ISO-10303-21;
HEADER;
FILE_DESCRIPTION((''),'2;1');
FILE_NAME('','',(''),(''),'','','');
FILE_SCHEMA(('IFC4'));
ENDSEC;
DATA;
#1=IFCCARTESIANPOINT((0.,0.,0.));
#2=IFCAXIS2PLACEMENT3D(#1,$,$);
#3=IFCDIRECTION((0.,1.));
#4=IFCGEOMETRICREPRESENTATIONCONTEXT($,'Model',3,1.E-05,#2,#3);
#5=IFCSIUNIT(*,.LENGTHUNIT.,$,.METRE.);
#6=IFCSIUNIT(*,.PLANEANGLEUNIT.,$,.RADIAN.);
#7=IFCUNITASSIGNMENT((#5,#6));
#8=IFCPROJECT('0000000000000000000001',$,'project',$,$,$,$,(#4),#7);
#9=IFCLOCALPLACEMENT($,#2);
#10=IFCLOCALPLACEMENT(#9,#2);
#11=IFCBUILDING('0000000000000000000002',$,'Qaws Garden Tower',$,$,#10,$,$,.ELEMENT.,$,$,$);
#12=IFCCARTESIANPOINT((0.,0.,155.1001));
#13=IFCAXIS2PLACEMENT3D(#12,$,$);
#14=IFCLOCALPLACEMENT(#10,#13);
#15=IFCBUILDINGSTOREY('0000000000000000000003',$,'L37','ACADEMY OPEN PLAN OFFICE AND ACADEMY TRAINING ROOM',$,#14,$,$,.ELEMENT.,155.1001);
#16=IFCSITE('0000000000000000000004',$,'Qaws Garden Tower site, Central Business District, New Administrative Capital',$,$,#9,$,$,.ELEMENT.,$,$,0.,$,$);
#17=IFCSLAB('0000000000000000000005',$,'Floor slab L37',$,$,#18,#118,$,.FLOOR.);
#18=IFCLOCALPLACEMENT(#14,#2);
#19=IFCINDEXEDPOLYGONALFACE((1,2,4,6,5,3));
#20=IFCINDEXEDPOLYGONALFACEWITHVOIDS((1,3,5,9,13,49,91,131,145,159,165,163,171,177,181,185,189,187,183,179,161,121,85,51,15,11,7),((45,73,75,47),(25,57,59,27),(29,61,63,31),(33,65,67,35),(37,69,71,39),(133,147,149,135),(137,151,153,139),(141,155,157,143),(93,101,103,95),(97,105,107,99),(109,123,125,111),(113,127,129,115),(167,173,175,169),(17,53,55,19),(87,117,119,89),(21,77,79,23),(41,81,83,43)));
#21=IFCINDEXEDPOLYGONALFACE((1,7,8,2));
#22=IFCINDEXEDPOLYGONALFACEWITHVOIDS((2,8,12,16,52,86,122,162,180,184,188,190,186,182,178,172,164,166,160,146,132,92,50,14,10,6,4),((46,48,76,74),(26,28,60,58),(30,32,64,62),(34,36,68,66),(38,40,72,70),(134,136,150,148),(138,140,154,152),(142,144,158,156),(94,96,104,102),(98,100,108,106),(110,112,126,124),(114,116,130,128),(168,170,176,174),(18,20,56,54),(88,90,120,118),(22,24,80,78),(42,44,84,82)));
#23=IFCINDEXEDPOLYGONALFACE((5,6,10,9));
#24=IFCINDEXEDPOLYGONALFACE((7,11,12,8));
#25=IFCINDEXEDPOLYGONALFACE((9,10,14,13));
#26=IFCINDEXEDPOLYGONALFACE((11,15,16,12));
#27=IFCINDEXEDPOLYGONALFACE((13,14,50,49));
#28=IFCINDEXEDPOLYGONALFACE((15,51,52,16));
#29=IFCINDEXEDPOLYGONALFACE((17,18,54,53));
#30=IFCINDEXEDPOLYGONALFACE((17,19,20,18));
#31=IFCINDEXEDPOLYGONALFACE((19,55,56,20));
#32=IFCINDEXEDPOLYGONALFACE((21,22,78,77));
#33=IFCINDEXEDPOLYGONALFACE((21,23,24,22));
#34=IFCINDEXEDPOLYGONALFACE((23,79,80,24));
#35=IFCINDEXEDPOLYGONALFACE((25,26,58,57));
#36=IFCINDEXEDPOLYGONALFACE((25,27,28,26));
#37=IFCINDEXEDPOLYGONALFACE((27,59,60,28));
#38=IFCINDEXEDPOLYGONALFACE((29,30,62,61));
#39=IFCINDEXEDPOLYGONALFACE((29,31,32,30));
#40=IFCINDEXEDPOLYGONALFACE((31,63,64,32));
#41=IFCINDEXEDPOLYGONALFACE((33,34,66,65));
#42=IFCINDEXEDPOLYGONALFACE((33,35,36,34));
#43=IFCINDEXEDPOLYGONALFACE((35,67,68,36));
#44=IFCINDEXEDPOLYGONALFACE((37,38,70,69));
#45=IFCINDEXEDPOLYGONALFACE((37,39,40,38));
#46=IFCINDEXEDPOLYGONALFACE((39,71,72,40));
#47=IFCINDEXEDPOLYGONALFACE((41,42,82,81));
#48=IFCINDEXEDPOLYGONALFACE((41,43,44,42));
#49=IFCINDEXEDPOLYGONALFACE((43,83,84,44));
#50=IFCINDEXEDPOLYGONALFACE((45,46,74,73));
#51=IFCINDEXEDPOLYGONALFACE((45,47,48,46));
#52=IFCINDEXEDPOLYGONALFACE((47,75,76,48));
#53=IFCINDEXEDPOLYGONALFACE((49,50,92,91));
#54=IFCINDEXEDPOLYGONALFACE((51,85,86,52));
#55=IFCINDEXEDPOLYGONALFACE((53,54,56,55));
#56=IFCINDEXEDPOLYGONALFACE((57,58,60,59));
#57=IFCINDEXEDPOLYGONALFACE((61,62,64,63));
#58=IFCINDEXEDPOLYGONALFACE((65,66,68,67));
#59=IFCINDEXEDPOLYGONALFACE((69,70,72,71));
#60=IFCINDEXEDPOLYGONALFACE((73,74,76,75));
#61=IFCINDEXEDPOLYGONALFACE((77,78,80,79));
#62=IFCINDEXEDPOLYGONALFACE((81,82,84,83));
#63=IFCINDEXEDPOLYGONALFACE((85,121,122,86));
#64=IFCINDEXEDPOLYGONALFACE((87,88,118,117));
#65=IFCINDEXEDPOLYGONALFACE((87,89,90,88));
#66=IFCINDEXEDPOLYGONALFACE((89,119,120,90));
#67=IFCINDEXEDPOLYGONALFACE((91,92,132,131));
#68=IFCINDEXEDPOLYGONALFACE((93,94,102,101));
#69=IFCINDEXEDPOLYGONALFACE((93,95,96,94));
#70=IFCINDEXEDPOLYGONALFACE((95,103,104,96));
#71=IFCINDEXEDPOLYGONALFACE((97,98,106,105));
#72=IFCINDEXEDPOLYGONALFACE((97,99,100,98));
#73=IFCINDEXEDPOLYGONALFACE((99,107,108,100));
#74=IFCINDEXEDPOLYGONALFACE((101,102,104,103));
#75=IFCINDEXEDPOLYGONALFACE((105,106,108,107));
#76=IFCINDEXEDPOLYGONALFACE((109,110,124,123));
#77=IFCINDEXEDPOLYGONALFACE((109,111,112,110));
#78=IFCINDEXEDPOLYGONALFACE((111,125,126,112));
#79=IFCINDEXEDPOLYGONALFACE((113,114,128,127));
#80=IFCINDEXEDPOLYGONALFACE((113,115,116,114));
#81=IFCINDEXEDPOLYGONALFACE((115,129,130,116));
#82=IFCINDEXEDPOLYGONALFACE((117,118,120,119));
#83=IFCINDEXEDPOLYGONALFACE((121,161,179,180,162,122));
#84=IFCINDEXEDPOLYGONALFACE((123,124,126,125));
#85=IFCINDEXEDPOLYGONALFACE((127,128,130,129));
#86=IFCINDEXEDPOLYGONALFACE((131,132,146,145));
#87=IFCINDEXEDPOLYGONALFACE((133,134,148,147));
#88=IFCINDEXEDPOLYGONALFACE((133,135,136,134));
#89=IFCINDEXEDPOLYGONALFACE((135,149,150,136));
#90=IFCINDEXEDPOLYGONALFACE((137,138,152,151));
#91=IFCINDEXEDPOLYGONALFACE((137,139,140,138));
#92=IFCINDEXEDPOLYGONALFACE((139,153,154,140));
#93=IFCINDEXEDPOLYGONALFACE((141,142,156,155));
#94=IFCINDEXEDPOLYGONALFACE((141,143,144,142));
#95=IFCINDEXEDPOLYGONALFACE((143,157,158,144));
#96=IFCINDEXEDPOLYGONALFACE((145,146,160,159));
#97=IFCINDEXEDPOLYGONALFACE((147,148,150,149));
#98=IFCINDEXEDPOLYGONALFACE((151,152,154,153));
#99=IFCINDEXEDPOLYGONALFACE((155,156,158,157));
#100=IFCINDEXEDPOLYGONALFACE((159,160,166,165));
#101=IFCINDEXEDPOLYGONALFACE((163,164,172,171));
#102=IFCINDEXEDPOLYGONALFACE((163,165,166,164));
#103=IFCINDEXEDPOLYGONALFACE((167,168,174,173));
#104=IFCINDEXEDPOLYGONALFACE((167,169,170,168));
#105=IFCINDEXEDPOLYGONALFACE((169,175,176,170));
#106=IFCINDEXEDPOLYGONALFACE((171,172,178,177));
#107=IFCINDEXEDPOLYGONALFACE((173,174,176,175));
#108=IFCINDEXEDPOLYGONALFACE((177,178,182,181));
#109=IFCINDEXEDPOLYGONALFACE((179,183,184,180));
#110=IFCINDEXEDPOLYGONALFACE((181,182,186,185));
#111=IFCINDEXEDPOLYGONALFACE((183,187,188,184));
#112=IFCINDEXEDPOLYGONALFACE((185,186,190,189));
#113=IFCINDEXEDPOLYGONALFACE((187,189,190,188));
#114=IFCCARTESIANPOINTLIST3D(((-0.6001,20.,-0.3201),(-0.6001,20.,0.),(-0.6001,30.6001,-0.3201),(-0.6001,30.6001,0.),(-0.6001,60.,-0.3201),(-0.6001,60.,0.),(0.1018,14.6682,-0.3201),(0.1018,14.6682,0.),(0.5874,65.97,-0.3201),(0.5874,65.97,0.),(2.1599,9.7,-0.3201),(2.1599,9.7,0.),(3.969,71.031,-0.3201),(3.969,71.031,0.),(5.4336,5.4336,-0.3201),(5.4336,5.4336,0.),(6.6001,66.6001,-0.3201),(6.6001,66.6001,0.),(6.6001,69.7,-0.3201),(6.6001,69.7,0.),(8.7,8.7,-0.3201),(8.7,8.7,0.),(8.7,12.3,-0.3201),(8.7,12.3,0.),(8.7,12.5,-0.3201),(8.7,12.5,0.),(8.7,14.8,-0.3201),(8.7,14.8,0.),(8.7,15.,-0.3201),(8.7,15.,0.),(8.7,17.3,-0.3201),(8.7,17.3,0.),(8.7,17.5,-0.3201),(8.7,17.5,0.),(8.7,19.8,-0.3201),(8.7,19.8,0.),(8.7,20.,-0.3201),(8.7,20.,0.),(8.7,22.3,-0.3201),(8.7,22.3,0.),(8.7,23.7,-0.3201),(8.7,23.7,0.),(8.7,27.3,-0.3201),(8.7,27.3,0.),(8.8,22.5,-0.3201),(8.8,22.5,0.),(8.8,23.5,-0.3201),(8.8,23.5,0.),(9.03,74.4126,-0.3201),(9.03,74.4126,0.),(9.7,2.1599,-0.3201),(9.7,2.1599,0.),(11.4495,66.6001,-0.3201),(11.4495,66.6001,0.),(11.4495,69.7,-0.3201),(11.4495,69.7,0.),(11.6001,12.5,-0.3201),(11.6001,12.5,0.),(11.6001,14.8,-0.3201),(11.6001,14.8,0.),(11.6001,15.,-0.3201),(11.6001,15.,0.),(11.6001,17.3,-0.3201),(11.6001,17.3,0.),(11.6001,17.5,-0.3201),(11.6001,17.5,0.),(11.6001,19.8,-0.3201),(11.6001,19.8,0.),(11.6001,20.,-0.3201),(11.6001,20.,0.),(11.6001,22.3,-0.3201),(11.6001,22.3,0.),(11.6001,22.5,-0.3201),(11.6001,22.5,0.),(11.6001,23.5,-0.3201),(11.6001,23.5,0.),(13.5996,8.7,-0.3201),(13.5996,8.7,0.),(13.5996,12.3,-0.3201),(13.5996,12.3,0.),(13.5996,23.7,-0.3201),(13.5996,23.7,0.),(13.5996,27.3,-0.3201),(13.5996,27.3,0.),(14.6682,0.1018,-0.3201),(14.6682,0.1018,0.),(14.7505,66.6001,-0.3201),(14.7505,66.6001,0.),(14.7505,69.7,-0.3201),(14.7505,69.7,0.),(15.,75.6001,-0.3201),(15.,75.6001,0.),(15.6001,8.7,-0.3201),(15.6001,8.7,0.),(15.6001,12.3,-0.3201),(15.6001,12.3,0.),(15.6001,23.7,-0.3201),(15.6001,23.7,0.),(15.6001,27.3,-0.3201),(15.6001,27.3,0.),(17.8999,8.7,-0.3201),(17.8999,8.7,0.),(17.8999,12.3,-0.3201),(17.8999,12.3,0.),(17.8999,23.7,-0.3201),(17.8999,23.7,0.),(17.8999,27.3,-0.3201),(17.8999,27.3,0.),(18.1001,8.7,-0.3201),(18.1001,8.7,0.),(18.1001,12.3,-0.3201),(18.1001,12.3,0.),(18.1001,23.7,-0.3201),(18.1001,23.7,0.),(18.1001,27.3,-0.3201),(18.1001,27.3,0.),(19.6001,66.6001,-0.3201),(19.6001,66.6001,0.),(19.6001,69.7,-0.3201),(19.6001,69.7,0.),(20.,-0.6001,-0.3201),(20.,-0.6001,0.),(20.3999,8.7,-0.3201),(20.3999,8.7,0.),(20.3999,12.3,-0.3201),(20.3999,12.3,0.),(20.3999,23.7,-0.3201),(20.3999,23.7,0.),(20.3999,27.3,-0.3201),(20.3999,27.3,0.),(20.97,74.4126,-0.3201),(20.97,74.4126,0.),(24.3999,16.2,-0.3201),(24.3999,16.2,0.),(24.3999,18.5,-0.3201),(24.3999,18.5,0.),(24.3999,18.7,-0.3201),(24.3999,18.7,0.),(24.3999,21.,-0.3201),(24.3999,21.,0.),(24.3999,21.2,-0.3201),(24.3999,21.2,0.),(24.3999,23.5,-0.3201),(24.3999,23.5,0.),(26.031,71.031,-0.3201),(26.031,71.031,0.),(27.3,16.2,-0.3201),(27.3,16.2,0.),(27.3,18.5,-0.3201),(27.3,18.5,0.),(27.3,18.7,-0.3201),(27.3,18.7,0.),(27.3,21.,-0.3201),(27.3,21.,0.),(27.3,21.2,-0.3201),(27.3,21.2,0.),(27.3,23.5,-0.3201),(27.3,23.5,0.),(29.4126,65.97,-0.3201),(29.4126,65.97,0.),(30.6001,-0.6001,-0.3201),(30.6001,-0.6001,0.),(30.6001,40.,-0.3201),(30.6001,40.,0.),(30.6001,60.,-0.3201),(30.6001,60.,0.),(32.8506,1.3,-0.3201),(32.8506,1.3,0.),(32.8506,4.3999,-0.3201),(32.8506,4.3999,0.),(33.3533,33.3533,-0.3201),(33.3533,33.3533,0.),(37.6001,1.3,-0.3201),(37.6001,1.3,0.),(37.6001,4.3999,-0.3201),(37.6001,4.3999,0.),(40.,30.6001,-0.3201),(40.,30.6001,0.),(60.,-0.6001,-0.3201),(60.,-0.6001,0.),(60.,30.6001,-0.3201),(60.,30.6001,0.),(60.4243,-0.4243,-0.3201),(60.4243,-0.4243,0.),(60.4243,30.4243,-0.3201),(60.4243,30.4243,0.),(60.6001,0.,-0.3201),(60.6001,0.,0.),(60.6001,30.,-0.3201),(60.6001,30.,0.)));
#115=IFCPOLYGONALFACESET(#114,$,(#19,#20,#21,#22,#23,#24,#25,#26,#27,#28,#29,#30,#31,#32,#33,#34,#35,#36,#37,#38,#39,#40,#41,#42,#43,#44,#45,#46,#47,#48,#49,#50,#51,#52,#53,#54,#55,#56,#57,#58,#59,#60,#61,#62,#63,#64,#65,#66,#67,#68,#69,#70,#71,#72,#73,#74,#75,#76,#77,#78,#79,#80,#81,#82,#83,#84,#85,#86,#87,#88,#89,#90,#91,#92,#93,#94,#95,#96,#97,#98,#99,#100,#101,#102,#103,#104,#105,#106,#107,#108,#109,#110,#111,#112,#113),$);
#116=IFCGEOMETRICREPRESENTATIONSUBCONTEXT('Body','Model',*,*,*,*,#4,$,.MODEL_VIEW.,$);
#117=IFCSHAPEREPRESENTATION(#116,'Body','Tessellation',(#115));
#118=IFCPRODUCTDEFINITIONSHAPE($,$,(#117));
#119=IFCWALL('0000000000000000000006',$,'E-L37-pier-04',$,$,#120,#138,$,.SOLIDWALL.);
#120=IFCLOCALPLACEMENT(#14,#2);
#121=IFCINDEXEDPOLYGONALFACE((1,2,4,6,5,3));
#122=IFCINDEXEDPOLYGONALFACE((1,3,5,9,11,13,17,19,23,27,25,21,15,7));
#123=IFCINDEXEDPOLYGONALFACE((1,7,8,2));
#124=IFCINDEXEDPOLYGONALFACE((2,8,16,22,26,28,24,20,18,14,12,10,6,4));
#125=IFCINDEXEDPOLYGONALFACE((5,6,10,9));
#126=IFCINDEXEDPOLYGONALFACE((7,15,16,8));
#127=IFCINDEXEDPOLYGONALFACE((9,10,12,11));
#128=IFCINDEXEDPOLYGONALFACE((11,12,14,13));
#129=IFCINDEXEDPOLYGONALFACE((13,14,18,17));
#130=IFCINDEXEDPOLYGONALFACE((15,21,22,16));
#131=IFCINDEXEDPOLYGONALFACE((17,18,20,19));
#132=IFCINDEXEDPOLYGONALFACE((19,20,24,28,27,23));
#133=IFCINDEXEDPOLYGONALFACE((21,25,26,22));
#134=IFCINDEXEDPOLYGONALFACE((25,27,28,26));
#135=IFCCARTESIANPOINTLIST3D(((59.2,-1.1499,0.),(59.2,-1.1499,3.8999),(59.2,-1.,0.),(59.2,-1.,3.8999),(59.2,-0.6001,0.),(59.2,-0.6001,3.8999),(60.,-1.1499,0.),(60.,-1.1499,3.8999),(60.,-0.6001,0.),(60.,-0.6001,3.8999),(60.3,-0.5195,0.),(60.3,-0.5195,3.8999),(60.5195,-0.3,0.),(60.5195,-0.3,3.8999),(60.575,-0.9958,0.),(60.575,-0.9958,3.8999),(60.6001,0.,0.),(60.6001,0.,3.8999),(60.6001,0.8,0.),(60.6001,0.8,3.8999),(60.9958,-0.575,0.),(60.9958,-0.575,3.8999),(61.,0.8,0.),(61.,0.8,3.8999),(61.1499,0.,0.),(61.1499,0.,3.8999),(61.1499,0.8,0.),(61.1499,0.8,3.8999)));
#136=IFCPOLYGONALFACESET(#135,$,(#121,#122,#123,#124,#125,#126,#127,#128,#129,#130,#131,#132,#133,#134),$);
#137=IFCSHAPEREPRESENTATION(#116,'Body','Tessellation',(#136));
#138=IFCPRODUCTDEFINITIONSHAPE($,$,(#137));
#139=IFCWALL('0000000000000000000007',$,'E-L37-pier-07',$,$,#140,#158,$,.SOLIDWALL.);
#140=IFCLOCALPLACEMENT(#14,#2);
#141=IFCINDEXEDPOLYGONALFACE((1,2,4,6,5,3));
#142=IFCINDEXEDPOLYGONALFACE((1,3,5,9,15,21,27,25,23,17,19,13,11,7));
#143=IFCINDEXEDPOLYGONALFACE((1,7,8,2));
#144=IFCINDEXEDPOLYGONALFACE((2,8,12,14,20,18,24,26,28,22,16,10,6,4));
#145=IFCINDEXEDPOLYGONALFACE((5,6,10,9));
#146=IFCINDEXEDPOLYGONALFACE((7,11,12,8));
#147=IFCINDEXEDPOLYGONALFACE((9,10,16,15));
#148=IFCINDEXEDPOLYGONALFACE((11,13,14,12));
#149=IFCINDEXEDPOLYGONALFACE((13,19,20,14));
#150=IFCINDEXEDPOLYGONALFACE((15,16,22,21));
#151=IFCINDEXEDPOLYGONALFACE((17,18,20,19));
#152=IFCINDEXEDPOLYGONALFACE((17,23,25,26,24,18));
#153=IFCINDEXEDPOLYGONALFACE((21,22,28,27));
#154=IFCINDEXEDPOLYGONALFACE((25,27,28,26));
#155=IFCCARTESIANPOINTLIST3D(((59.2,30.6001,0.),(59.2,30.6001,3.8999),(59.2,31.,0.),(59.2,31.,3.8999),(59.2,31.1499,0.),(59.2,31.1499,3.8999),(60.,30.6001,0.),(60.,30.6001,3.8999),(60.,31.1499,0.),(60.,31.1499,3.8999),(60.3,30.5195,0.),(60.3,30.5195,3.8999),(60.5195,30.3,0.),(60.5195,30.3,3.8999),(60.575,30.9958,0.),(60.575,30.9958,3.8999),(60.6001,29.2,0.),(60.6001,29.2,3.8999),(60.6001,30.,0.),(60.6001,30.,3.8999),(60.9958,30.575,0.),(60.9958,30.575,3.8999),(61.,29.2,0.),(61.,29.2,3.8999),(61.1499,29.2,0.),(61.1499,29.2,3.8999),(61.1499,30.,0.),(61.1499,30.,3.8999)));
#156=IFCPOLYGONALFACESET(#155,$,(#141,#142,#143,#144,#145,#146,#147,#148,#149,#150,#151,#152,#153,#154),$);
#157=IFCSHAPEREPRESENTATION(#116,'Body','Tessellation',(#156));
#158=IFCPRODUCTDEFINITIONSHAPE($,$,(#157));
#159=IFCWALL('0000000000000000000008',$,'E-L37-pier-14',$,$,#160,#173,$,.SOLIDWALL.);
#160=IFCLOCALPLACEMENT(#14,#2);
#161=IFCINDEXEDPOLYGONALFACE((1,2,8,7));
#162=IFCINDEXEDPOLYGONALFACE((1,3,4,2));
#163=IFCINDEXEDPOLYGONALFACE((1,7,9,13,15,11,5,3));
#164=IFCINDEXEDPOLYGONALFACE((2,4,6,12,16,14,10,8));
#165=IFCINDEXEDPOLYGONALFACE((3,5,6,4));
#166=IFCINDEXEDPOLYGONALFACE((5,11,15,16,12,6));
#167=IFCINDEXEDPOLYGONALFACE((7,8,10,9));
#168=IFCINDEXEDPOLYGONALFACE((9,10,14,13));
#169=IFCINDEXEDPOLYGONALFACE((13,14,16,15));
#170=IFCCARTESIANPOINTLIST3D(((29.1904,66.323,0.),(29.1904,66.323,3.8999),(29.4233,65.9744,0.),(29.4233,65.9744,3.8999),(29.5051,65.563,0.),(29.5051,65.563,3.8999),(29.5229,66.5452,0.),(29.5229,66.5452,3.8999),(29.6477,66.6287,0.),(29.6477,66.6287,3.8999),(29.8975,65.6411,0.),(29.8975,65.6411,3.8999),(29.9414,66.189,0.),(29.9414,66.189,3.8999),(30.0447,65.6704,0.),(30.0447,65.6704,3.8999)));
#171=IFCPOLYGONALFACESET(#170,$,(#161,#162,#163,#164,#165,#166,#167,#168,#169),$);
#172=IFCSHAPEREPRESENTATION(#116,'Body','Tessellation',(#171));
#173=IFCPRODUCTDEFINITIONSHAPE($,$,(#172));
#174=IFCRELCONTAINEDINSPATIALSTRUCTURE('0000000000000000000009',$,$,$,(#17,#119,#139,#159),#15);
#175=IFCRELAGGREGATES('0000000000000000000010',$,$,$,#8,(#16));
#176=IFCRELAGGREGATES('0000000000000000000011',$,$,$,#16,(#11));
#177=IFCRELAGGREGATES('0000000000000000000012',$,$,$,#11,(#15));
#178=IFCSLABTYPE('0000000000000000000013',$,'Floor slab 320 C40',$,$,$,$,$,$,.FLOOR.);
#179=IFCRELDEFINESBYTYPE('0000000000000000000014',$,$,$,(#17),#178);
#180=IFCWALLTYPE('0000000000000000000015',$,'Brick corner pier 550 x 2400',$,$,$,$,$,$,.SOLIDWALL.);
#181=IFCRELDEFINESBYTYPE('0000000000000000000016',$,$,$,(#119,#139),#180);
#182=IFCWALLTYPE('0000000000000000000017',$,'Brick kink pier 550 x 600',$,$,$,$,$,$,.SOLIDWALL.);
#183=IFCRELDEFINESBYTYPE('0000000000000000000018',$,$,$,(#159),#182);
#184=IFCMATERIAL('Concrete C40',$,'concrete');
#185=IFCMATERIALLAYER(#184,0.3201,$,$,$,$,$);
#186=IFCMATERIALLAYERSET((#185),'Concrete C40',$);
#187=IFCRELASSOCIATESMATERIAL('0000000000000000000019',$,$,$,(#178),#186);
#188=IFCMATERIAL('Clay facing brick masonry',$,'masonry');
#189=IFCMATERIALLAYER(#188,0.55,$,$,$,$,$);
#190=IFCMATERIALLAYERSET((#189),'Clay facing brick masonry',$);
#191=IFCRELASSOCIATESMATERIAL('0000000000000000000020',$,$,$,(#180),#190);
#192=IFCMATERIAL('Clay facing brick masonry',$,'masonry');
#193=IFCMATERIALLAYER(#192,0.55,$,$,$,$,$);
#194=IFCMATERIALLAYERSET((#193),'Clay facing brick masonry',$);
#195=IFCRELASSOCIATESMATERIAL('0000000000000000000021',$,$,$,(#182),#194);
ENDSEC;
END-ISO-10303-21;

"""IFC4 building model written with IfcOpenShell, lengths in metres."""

from ifc_helpers import new_model, si_unit, direction, frame, origin, place, context, subcontext, project, spatial, polyline, outline, extrude, material, layer, layer_set, type_object, element, save


model = new_model("IFC4")

# Units and contexts
model_context = context("Model", 3, precision=1e-05, world=origin(), true_north=direction((0.0, 1.0)))
body_context = subcontext(model_context, "Body", "Model", "MODEL_VIEW")
ifc_project = project(units=[si_unit("LENGTHUNIT", "METRE"), si_unit("PLANEANGLEUNIT", "RADIAN")], contexts=[model_context])

# Site, building, storey
site_placement = place(None, origin())
site = spatial("IfcSite", under=ifc_project, at=site_placement, Name="Qaws Garden Tower site, Central Business District, New Administrative Capital", CompositionType="ELEMENT", RefElevation=0.0)
building_placement = place(site_placement, origin())
building = spatial("IfcBuilding", under=site, at=building_placement, Name="Qaws Garden Tower", CompositionType="ELEMENT")
storey_placement = place(building_placement, frame((0.0, 0.0, 155.1001)))
storey = spatial("IfcBuildingStorey", under=building, at=storey_placement, Name="L37", Description="ACADEMY OPEN PLAN OFFICE AND ACADEMY TRAINING ROOM", CompositionType="ELEMENT", Elevation=155.1001)

# Slab
ifc_material_1 = material(Name="Concrete C40", Category="concrete")
ifc_layer_1 = layer(ifc_material_1, 0.3201)
ifc_layer_set_1 = layer_set([ifc_layer_1], Name="Concrete C40")
slab_type = type_object("IfcSlabType", Name="Floor slab 320 C40", PredefinedType="FLOOR", material=ifc_layer_set_1)
slab_placement = place(storey_placement, frame((0.0, 0.0, -0.3201)))
element("IfcSlab", 1, at=slab_placement, inside=storey, type_object=slab_type, Name="Floor slab L37", PredefinedType="FLOOR", context=body_context, shape_type="SweptSolid", body=[
    extrude(outline(polyline([(0.1018, 14.6682), (-0.6001, 20.0), (-0.6001, 30.6001), (-0.6001, 60.0), (-0.6001, 60.0), (0.5874, 65.97), (3.969, 71.031), (9.03, 74.4126), (15.0, 75.6001), (20.97, 74.4126), (26.031, 71.031), (29.4126, 65.97), (30.6001, 60.0), (30.6001, 40.0), (33.3533, 33.3533), (40.0, 30.6001), (60.0, 30.6001), (60.4243, 30.4243), (60.6001, 30.0), (60.6001, 0.0), (60.4243, -0.4243), (60.0, -0.6001), (30.6001, -0.6001), (20.0, -0.6001), (14.6682, 0.1018), (9.7, 2.1599), (5.4336, 5.4336), (2.1599, 9.7), (0.1018, 14.6682)]), holes=[polyline([(13.5996, 12.3), (8.7, 12.3), (8.7, 8.7), (13.5996, 8.7), (13.5996, 12.3)]), polyline([(17.8999, 12.3), (15.6001, 12.3), (15.6001, 8.7), (17.8999, 8.7), (17.8999, 12.3)]), polyline([(11.6001, 14.8), (8.7, 14.8), (8.7, 12.5), (11.6001, 12.5), (11.6001, 14.8)]), polyline([(11.6001, 17.3), (8.7, 17.3), (8.7, 15.0), (11.6001, 15.0), (11.6001, 17.3)]), polyline([(11.6001, 19.8), (8.7, 19.8), (8.7, 17.5), (11.6001, 17.5), (11.6001, 19.8)]), polyline([(11.6001, 22.3), (8.7, 22.3), (8.7, 20.0), (11.6001, 20.0), (11.6001, 22.3)]), polyline([(11.6001, 23.5), (8.8, 23.5), (8.8, 22.5), (11.6001, 22.5), (11.6001, 23.5)]), polyline([(13.5996, 27.3), (8.7, 27.3), (8.7, 23.7), (13.5996, 23.7), (13.5996, 27.3)]), polyline([(11.4495, 69.7), (6.6001, 69.7), (6.6001, 66.6001), (11.4495, 66.6001), (11.4495, 69.7)]), polyline([(37.6001, 4.3999), (32.8506, 4.3999), (32.8506, 1.3), (37.6001, 1.3), (37.6001, 4.3999)]), polyline([(20.3999, 12.3), (18.1001, 12.3), (18.1001, 8.7), (20.3999, 8.7), (20.3999, 12.3)]), polyline([(27.3, 18.5), (24.3999, 18.5), (24.3999, 16.2), (27.3, 16.2), (27.3, 18.5)]), polyline([(27.3, 21.0), (24.3999, 21.0), (24.3999, 18.7), (27.3, 18.7), (27.3, 21.0)]), polyline([(27.3, 23.5), (24.3999, 23.5), (24.3999, 21.2), (27.3, 21.2), (27.3, 23.5)]), polyline([(17.8999, 27.3), (15.6001, 27.3), (15.6001, 23.7), (17.8999, 23.7), (17.8999, 27.3)]), polyline([(20.3999, 23.7), (20.3999, 27.3), (18.1001, 27.3), (18.1001, 23.7), (20.3999, 23.7)]), polyline([(19.6001, 66.6001), (19.6001, 69.7), (14.7505, 69.7), (14.7505, 66.6001), (19.6001, 66.6001)])]), origin(), (0.0, 0.0, 1.0), 0.3201),
])

# Walls
ifc_material_2 = material(Name="Clay facing brick masonry", Category="masonry")
ifc_layer_2 = layer(ifc_material_2, 0.55)
ifc_layer_set_2 = layer_set([ifc_layer_2], Name="Clay facing brick masonry")
wall_type_1 = type_object("IfcWallType", Name="Brick corner pier 550 x 2400", PredefinedType="SOLIDWALL", material=ifc_layer_set_2)
placement = place(storey_placement, origin())
element("IfcWall", 2, at=placement, inside=storey, type_object=wall_type_1, Name="E-L37-pier-04", PredefinedType="SOLIDWALL", context=body_context, shape_type="SweptSolid", body=[
    extrude(outline(polyline([(59.2, -1.0), (59.2, -1.1499), (60.0, -1.1499), (60.575, -0.9958), (60.9958, -0.575), (61.1499, 0.0), (61.1499, 0.8), (61.0, 0.8), (60.6001, 0.8), (60.6001, 0.0), (60.5195, -0.3), (60.3, -0.5195), (60.0, -0.6001), (59.2, -0.6001), (59.2, -1.0)])), origin(), (0.0, 0.0, 1.0), 3.8999),
])
element("IfcWall", 3, at=placement, inside=storey, type_object=wall_type_1, Name="E-L37-pier-07", PredefinedType="SOLIDWALL", context=body_context, shape_type="SweptSolid", body=[
    extrude(outline(polyline([(61.0, 29.2), (61.1499, 29.2), (61.1499, 30.0), (60.9958, 30.575), (60.575, 30.9958), (60.0, 31.1499), (59.2, 31.1499), (59.2, 31.0), (59.2, 30.6001), (60.0, 30.6001), (60.3, 30.5195), (60.5195, 30.3), (60.6001, 30.0), (60.6001, 29.2), (61.0, 29.2)])), origin(), (0.0, 0.0, 1.0), 3.8999),
])
ifc_material_3 = material(Name="Clay facing brick masonry", Category="masonry")
ifc_layer_3 = layer(ifc_material_3, 0.55)
ifc_layer_set_3 = layer_set([ifc_layer_3], Name="Clay facing brick masonry")
wall_type_2 = type_object("IfcWallType", Name="Brick kink pier 550 x 600", PredefinedType="SOLIDWALL", material=ifc_layer_set_3)
element("IfcWall", 4, at=placement, inside=storey, type_object=wall_type_2, Name="E-L37-pier-14", PredefinedType="SOLIDWALL", context=body_context, shape_type="SweptSolid", body=[
    extrude(outline(polyline([(29.8975, 65.6411), (30.0447, 65.6704), (29.9414, 66.189), (29.6477, 66.6287), (29.5229, 66.5452), (29.1904, 66.323), (29.4233, 65.9744), (29.5051, 65.563), (29.8975, 65.6411)])), origin(), (0.0, 0.0, 1.0), 3.8999),
])

save(model, "model.ifc")
